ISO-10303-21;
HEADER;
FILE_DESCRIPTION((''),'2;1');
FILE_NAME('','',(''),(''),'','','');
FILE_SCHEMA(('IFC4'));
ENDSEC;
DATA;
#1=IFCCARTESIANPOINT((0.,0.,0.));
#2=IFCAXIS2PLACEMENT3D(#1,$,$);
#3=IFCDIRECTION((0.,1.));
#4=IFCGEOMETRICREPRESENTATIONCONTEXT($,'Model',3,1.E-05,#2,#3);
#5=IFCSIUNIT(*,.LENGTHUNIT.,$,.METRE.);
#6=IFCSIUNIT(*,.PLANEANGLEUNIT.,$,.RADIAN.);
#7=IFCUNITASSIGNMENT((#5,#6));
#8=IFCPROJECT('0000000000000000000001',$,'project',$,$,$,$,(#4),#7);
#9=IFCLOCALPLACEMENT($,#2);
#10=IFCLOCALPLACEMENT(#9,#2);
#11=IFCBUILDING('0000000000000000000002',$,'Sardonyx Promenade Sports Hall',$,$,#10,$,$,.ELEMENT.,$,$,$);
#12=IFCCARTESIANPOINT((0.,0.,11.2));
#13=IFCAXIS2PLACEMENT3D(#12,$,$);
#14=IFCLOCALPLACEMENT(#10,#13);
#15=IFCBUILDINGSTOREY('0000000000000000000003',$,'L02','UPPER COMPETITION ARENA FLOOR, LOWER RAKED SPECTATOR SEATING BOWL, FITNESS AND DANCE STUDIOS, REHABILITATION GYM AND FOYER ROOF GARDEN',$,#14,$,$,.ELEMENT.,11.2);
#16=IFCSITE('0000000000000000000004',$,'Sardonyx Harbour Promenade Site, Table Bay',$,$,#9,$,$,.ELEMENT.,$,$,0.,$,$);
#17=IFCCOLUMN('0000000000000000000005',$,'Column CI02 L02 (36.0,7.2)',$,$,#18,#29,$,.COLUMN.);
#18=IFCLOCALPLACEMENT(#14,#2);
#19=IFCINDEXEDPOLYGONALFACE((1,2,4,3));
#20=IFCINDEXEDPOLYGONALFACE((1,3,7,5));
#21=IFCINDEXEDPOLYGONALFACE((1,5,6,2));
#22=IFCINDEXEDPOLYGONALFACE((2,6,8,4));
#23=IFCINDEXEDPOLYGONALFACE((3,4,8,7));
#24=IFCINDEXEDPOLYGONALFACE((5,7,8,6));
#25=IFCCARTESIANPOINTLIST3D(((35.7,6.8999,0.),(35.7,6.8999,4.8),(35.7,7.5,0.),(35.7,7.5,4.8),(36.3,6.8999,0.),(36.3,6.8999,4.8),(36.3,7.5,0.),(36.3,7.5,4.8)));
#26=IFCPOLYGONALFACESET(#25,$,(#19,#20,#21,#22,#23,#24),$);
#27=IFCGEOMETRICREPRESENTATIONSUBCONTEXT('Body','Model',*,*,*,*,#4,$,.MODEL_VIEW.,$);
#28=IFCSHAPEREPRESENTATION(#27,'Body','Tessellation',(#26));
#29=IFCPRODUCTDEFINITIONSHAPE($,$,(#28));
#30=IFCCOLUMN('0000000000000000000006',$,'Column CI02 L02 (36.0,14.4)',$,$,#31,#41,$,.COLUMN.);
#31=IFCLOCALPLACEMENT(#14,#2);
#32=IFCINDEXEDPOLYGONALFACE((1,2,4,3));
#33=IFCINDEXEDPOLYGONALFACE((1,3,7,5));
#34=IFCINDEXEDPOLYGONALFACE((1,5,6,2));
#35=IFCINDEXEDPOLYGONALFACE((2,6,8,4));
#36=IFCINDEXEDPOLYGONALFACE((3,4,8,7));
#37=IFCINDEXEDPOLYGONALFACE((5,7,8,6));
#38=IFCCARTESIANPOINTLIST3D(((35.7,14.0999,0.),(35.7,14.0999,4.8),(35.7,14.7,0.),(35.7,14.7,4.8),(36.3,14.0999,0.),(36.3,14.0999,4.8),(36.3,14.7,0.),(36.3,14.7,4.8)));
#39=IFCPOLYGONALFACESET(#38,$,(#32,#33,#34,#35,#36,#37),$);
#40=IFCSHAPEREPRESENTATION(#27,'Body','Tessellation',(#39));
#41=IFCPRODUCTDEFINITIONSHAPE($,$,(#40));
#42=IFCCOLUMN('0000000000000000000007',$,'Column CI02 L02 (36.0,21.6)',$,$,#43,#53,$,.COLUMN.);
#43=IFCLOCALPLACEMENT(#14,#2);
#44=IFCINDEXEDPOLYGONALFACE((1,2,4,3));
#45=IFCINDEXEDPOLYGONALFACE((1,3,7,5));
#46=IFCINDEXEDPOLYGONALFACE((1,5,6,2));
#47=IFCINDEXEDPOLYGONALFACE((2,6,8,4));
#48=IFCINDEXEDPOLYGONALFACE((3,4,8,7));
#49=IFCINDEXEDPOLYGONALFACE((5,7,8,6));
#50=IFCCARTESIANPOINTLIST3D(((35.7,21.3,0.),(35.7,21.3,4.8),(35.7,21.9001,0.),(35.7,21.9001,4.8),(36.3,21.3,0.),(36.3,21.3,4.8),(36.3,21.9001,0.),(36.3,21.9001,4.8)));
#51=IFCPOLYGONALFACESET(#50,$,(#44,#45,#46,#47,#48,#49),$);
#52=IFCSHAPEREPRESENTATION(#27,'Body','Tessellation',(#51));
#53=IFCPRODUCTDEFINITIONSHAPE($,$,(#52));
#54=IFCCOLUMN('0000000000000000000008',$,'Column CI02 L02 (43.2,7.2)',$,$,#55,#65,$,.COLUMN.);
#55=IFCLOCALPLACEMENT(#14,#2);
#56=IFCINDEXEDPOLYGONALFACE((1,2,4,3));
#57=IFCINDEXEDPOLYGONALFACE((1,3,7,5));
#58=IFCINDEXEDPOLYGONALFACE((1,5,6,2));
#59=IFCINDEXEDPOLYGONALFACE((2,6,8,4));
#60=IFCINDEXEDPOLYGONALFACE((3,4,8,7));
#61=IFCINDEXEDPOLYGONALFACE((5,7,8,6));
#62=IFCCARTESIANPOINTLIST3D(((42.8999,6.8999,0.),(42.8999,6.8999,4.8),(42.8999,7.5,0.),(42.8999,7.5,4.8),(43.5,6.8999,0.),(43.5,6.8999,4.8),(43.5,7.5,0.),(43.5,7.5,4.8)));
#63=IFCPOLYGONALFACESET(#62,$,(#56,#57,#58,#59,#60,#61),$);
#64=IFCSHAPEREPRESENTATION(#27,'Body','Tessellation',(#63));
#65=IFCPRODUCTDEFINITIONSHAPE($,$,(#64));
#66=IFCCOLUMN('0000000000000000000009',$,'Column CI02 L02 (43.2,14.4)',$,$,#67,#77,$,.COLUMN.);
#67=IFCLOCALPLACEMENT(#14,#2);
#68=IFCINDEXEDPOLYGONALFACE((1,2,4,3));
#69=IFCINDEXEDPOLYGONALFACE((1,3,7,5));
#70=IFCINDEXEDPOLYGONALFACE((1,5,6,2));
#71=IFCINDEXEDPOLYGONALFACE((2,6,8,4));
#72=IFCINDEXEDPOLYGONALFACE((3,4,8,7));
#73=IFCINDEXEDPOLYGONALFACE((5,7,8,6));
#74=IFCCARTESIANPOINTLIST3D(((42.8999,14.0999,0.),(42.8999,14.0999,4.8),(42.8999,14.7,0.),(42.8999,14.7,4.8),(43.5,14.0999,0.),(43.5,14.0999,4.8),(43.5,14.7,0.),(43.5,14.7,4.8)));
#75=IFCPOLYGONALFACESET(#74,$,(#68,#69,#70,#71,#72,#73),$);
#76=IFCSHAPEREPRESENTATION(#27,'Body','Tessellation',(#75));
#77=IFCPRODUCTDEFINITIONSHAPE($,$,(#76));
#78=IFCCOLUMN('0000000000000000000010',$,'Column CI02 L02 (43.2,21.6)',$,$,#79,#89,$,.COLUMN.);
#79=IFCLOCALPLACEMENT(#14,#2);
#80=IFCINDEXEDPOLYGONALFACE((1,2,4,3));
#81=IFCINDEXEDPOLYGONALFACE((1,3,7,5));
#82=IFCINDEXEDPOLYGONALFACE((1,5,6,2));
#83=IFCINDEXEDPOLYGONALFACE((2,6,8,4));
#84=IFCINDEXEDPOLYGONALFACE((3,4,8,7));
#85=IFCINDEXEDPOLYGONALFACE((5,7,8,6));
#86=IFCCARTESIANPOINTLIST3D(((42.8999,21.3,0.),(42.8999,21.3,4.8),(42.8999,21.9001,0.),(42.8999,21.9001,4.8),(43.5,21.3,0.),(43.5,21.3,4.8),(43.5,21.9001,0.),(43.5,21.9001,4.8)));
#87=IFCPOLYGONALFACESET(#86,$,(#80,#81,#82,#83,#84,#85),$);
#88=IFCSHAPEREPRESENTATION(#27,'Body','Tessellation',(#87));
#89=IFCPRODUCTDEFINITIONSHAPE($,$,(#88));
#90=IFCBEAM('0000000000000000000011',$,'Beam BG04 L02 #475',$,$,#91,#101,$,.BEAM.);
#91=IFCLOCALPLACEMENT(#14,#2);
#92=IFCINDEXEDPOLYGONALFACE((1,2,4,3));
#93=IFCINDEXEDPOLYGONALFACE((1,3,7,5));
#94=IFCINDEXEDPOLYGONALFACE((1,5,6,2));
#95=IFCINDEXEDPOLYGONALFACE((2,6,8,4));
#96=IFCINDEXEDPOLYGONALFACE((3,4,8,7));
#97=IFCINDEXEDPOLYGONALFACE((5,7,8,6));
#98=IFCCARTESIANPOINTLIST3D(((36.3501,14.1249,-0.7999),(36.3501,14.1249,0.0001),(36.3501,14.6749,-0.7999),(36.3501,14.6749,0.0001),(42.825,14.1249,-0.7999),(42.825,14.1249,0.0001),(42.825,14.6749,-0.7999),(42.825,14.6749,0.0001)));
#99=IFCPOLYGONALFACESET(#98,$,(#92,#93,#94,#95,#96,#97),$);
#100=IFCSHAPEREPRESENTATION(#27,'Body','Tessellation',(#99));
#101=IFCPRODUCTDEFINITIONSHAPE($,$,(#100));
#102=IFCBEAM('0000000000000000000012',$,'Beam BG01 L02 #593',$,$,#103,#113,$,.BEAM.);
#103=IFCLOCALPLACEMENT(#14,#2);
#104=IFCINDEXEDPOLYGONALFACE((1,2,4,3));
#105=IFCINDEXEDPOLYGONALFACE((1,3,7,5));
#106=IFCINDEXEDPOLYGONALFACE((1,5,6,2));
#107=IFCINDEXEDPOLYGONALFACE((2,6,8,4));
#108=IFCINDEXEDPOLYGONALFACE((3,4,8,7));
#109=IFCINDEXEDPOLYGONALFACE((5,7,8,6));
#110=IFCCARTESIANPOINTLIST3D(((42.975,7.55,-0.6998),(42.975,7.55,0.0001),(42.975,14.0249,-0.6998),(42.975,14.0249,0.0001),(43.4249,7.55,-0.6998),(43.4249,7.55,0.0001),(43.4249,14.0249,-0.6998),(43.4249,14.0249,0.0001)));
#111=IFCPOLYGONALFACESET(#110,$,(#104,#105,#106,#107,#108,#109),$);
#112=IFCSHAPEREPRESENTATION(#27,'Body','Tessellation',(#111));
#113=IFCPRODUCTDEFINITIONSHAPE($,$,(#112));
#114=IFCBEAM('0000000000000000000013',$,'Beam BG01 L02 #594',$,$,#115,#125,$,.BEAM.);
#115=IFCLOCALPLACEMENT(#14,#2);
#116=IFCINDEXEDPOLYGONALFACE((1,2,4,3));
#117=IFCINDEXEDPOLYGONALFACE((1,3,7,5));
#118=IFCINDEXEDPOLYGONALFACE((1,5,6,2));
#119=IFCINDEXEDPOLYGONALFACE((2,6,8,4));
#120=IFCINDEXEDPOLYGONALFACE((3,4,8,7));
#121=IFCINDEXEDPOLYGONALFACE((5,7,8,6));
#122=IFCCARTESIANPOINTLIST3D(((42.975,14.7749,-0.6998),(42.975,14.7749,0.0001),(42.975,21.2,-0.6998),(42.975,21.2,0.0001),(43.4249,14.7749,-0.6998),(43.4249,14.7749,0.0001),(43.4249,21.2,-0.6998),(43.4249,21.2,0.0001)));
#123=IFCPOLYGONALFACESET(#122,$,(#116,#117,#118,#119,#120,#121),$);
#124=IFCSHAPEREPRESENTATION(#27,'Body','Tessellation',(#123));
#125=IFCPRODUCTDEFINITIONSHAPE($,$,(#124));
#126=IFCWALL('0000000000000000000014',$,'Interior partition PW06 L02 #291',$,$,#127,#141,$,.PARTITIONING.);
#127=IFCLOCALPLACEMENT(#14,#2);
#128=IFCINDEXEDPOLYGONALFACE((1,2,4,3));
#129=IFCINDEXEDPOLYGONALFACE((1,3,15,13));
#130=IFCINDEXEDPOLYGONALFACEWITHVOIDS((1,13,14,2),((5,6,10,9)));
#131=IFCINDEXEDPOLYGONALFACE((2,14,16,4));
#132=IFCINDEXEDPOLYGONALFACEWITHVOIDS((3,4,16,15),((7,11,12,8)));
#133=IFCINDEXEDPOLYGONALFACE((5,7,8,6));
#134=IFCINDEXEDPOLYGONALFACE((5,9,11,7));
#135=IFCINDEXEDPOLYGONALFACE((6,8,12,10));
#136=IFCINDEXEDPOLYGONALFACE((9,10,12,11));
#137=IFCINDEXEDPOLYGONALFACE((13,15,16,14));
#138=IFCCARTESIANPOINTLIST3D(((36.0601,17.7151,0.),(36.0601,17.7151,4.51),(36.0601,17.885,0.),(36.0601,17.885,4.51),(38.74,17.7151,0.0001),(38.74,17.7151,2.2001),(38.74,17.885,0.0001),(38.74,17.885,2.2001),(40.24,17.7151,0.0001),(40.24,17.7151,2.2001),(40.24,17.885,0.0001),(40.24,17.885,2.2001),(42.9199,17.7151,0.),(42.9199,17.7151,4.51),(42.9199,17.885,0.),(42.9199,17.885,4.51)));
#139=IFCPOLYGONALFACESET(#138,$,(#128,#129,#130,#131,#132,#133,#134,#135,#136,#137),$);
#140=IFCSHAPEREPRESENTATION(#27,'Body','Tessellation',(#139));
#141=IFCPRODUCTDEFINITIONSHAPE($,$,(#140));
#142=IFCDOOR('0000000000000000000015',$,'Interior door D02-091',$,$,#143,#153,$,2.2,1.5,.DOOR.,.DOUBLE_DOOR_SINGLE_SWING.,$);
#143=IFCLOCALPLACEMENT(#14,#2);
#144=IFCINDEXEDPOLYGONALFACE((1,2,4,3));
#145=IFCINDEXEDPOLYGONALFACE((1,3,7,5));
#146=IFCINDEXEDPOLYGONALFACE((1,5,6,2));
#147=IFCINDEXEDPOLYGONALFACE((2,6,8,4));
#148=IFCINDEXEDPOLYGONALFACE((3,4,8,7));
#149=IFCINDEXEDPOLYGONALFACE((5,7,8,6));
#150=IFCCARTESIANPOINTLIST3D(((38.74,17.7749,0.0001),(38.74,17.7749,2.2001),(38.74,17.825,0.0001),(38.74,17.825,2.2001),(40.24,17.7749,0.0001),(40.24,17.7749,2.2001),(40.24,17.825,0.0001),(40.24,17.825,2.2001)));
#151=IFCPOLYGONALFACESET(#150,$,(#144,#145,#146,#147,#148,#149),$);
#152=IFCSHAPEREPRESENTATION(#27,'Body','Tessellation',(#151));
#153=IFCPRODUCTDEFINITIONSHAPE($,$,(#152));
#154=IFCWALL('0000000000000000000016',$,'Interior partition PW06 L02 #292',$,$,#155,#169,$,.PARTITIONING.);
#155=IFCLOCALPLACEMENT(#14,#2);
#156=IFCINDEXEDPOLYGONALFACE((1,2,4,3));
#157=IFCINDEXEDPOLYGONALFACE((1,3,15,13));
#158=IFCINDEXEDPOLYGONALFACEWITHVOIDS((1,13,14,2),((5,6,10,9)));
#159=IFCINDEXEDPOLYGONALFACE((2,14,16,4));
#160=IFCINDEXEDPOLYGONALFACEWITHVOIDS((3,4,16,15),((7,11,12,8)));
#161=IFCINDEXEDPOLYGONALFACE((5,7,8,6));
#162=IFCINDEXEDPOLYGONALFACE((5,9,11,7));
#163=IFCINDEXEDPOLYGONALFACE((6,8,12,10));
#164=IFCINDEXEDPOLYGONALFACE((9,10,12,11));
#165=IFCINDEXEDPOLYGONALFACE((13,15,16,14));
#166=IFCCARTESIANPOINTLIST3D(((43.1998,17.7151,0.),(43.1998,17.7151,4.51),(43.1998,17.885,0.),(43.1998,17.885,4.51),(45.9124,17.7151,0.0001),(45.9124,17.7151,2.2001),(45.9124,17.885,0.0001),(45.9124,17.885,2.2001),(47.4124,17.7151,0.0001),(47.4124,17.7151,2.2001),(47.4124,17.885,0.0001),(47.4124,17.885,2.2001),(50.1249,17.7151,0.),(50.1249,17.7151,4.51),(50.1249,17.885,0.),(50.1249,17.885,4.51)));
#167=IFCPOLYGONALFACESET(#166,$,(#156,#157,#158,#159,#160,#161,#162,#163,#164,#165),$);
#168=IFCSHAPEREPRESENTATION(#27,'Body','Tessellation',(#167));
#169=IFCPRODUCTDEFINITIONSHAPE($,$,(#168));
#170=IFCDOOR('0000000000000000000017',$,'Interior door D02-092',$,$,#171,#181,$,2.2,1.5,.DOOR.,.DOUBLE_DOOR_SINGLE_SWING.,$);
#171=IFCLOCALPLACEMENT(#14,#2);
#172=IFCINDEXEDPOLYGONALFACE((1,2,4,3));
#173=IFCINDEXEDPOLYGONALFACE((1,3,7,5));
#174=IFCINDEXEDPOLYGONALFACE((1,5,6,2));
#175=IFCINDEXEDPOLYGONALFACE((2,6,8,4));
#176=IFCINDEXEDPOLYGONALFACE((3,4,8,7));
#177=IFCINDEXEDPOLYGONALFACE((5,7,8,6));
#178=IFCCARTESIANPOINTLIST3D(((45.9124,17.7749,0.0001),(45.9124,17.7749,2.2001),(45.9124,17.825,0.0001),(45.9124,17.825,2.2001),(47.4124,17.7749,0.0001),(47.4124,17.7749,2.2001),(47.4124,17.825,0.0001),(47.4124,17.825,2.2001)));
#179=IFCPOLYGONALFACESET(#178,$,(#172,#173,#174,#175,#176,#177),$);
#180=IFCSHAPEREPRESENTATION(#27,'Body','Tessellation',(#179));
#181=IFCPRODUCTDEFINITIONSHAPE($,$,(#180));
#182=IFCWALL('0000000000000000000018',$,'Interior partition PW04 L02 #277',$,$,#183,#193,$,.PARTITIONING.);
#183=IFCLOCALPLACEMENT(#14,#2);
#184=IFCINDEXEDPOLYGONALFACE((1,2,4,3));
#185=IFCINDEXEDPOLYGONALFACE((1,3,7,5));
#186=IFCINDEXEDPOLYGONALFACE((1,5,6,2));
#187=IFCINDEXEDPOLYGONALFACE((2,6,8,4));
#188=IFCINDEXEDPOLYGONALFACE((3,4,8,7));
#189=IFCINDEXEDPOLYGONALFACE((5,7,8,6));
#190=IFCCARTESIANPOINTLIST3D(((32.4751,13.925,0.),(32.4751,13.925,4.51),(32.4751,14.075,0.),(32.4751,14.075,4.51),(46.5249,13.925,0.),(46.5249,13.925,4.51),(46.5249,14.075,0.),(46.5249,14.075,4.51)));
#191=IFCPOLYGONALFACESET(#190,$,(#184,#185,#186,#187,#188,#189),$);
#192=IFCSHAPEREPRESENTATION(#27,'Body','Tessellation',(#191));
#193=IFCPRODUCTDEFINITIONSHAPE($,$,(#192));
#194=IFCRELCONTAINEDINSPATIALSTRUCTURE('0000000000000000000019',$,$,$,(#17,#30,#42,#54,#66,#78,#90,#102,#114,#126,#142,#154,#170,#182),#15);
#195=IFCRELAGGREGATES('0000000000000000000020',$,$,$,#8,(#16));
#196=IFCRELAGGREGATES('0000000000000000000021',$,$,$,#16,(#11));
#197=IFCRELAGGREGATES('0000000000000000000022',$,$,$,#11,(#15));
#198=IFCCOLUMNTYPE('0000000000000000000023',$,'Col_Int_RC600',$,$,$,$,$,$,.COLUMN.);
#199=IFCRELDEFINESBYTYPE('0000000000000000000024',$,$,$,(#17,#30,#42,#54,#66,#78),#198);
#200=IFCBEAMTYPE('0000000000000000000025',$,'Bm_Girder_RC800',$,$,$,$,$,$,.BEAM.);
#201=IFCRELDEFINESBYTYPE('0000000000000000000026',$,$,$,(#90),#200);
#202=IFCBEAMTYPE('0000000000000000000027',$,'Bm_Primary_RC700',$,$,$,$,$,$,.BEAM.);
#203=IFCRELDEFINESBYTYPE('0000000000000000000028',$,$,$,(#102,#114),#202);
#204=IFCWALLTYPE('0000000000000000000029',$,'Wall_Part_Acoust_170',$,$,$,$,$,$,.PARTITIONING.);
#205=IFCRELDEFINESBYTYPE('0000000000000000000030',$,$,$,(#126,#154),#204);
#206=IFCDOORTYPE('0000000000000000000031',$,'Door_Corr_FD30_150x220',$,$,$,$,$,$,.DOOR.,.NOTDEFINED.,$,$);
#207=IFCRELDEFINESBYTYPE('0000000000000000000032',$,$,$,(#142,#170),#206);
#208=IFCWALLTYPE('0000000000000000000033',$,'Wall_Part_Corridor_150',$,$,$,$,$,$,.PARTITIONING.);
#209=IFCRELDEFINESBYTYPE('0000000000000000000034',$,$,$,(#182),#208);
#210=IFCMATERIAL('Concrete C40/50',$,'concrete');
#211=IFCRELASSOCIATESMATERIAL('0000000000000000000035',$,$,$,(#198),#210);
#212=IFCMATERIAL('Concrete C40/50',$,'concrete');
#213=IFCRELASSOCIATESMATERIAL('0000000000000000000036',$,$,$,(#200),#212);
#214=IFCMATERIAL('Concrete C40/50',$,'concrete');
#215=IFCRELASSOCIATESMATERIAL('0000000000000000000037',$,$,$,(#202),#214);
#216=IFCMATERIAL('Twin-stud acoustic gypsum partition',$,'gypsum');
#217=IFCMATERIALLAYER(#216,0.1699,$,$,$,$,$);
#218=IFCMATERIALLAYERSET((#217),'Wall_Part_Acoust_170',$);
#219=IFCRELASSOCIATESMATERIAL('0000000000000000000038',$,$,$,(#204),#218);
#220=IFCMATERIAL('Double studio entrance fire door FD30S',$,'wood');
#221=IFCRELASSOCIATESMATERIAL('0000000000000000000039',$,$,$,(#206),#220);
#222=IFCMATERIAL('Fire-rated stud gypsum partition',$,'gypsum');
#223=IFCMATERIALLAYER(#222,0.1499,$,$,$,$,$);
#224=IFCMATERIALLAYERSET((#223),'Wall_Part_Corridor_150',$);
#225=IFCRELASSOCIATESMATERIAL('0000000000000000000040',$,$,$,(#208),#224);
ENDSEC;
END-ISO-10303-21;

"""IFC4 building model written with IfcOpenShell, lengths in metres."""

from ifc_helpers import new_model, si_unit, direction, frame, frame_2d, origin, origin_2d, place, context, subcontext, project, spatial, rectangle, extrude, material, layer, layer_set, material_profile, profile_set, type_object, element, fill, save


model = new_model("IFC4")

# Units and contexts
model_context = context("Model", 3, precision=1e-05, world=origin(), true_north=direction((0.0, 1.0)))
body_context = subcontext(model_context, "Body", "Model", "MODEL_VIEW")
ifc_project = project(units=[si_unit("LENGTHUNIT", "METRE"), si_unit("PLANEANGLEUNIT", "RADIAN")], contexts=[model_context])

# Site, building, storey
site_placement = place(None, origin())
site = spatial("IfcSite", under=ifc_project, at=site_placement, Name="Sardonyx Harbour Promenade Site, Table Bay", CompositionType="ELEMENT", RefElevation=0.0)
building_placement = place(site_placement, origin())
building = spatial("IfcBuilding", under=site, at=building_placement, Name="Sardonyx Promenade Sports Hall", CompositionType="ELEMENT")
storey_placement = place(building_placement, frame((0.0, 0.0, 11.2)))
storey = spatial("IfcBuildingStorey", under=building, at=storey_placement, Name="L02", Description="UPPER COMPETITION ARENA FLOOR, LOWER RAKED SPECTATOR SEATING BOWL, FITNESS AND DANCE STUDIOS, REHABILITATION GYM AND FOYER ROOF GARDEN", CompositionType="ELEMENT", Elevation=11.2)

# Columns
ifc_material_1 = material(Name="Concrete C40/50", Category="concrete")
ifc_material_profile_1 = material_profile(ifc_material_1, rectangle(XDim=0.6001, YDim=0.6001, at=origin_2d()))
ifc_profile_set_1 = profile_set([ifc_material_profile_1], Name="Concrete C40/50")
column_type = type_object("IfcColumnType", Name="Col_Int_RC600", PredefinedType="COLUMN", material=ifc_profile_set_1)
for number, where, z_axis, x_axis, name in (
    (1, (36.0, 7.2, 0.0), (0.0, 0.0, 1.0), (1.0, 0.0, 0.0), "Column CI02 L02 (36.0,7.2)"),
    (2, (36.0, 14.3999, 0.0), (0.0, 0.0, 1.0), (1.0, 0.0, 0.0), "Column CI02 L02 (36.0,14.4)"),
    (3, (36.0, 21.6001, 0.0), (0.0, 0.0, 1.0), (1.0, 0.0, 0.0), "Column CI02 L02 (36.0,21.6)"),
    (4, (43.2, 7.2, 0.0), (0.0, 0.0, 1.0), (1.0, 0.0, 0.0), "Column CI02 L02 (43.2,7.2)"),
    (5, (43.2, 14.3999, 0.0), (0.0, 0.0, 1.0), (1.0, 0.0, 0.0), "Column CI02 L02 (43.2,14.4)"),
    (6, (43.2, 21.6001, 0.0), (0.0, 0.0, 1.0), (1.0, 0.0, 0.0), "Column CI02 L02 (43.2,21.6)"),
):
    element("IfcColumn", number, at=place(storey_placement, frame(where, z_axis=z_axis, x_axis=x_axis)), inside=storey, type_object=column_type, Name=name, PredefinedType="COLUMN", context=body_context, shape_type="SweptSolid", body=[
        extrude(rectangle(XDim=0.6001, YDim=0.6001, at=origin_2d()), origin(), (0.0, 0.0, 1.0), 4.8),
    ])

# Beams
ifc_material_2 = material(Name="Concrete C40/50", Category="concrete")
ifc_material_profile_2 = material_profile(ifc_material_2, rectangle(XDim=0.55, YDim=0.8, at=origin_2d()))
ifc_profile_set_2 = profile_set([ifc_material_profile_2], Name="Concrete C40/50")
beam_type_1 = type_object("IfcBeamType", Name="Bm_Girder_RC800", PredefinedType="BEAM", material=ifc_profile_set_2)
beam_1_placement = place(storey_placement, frame((36.3501, 14.3999, -0.3999), z_axis=(1.0, 0.0, 0.0), x_axis=(0.0, 1.0, 0.0)))
element("IfcBeam", 7, at=beam_1_placement, inside=storey, type_object=beam_type_1, Name="Beam BG04 L02 #475", PredefinedType="BEAM", context=body_context, shape_type="SweptSolid", body=[
    extrude(rectangle(XDim=0.55, YDim=0.8, at=origin_2d()), origin(), (0.0, 0.0, 1.0), 6.4749),
])
ifc_material_3 = material(Name="Concrete C40/50", Category="concrete")
ifc_material_profile_3 = material_profile(ifc_material_3, rectangle(XDim=0.45, YDim=0.7, at=origin_2d()))
ifc_profile_set_3 = profile_set([ifc_material_profile_3], Name="Concrete C40/50")
beam_type_2 = type_object("IfcBeamType", Name="Bm_Primary_RC700", PredefinedType="BEAM", material=ifc_profile_set_3)
beam_2_placement = place(storey_placement, frame((43.2, 7.55, -0.3499), z_axis=(0.0, 1.0, 0.0), x_axis=(-1.0, 0.0, 0.0)))
element("IfcBeam", 8, at=beam_2_placement, inside=storey, type_object=beam_type_2, Name="Beam BG01 L02 #593", PredefinedType="BEAM", context=body_context, shape_type="SweptSolid", body=[
    extrude(rectangle(XDim=0.45, YDim=0.7, at=origin_2d()), origin(), (0.0, 0.0, 1.0), 6.4749),
])
beam_3_placement = place(storey_placement, frame((43.2, 14.7749, -0.3499), z_axis=(0.0, 1.0, 0.0), x_axis=(-1.0, 0.0, 0.0)))
element("IfcBeam", 9, at=beam_3_placement, inside=storey, type_object=beam_type_2, Name="Beam BG01 L02 #594", PredefinedType="BEAM", context=body_context, shape_type="SweptSolid", body=[
    extrude(rectangle(XDim=0.45, YDim=0.7, at=origin_2d()), origin(), (0.0, 0.0, 1.0), 6.425),
])

# Walls, openings, doors
ifc_material_4 = material(Name="Twin-stud acoustic gypsum partition", Category="gypsum")
ifc_layer_1 = layer(ifc_material_4, 0.1699)
ifc_layer_set_1 = layer_set([ifc_layer_1], Name="Wall_Part_Acoust_170")
wall_type_1 = type_object("IfcWallType", Name="Wall_Part_Acoust_170", PredefinedType="PARTITIONING", material=ifc_layer_set_1)
wall_1_placement = place(storey_placement, frame((36.0601, 17.8, 0.0), z_axis=(0.0, 0.0, 1.0), x_axis=(1.0, 0.0, 0.0)))
wall_1 = element("IfcWall", 10, at=wall_1_placement, inside=storey, type_object=wall_type_1, Name="Interior partition PW06 L02 #291", PredefinedType="PARTITIONING", context=body_context, shape_type="SweptSolid", body=[
    extrude(rectangle(XDim=6.8599, YDim=0.1699, at=frame_2d((3.4299, 0.0))), origin(), (0.0, 0.0, 1.0), 4.51),
])
opening_1_placement = place(wall_1_placement, frame((2.6799, 0.0, 0.0)))
opening_1 = element("IfcOpeningElement", 11, at=opening_1_placement, cuts=wall_1, PredefinedType="OPENING", context=body_context, shape_type="SweptSolid", body=[
    extrude(rectangle(XDim=1.5, YDim=2.2, at=frame_2d((0.75, 1.1001))), frame((0.0, 0.095, 0.0), z_axis=(0.0, -1.0, 0.0), x_axis=(1.0, 0.0, 0.0)), (0.0, 0.0, 1.0), 0.19),
])
ifc_material_5 = material(Name="Double studio entrance fire door FD30S", Category="wood")
door_type = type_object("IfcDoorType", Name="Door_Corr_FD30_150x220", OperationType="NOTDEFINED", PredefinedType="DOOR", material=ifc_material_5)
door_1_placement = place(opening_1_placement, origin())
door_1 = element("IfcDoor", 12, at=door_1_placement, inside=storey, type_object=door_type, Name="Interior door D02-091", OperationType="DOUBLE_DOOR_SINGLE_SWING", OverallHeight=2.2, OverallWidth=1.5, PredefinedType="DOOR", context=body_context, shape_type="SweptSolid", body=[
    extrude(rectangle(XDim=1.5, YDim=2.2, at=frame_2d((0.75, 1.1001))), frame((0.0, 0.0249, 0.0), z_axis=(0.0, -1.0, 0.0), x_axis=(1.0, 0.0, 0.0)), (0.0, 0.0, 1.0), 0.05),
])
fill(opening_1, door_1)
wall_2_placement = place(storey_placement, frame((43.2, 17.8, 0.0), z_axis=(0.0, 0.0, 1.0), x_axis=(1.0, 0.0, 0.0)))
wall_2 = element("IfcWall", 13, at=wall_2_placement, inside=storey, type_object=wall_type_1, Name="Interior partition PW06 L02 #292", PredefinedType="PARTITIONING", context=body_context, shape_type="SweptSolid", body=[
    extrude(rectangle(XDim=6.925, YDim=0.1699, at=frame_2d((3.4624, 0.0))), origin(), (0.0, 0.0, 1.0), 4.51),
])
opening_2_placement = place(wall_2_placement, frame((2.7124, 0.0, 0.0)))
opening_2 = element("IfcOpeningElement", 14, at=opening_2_placement, cuts=wall_2, PredefinedType="OPENING", context=body_context, shape_type="SweptSolid", body=[
    extrude(rectangle(XDim=1.5, YDim=2.2, at=frame_2d((0.75, 1.1001))), frame((0.0, 0.095, 0.0), z_axis=(0.0, -1.0, 0.0), x_axis=(1.0, 0.0, 0.0)), (0.0, 0.0, 1.0), 0.19),
])
door_2_placement = place(opening_2_placement, origin())
door_2 = element("IfcDoor", 15, at=door_2_placement, inside=storey, type_object=door_type, Name="Interior door D02-092", OperationType="DOUBLE_DOOR_SINGLE_SWING", OverallHeight=2.2, OverallWidth=1.5, PredefinedType="DOOR", context=body_context, shape_type="SweptSolid", body=[
    extrude(rectangle(XDim=1.5, YDim=2.2, at=frame_2d((0.75, 1.1001))), frame((0.0, 0.0249, 0.0), z_axis=(0.0, -1.0, 0.0), x_axis=(1.0, 0.0, 0.0)), (0.0, 0.0, 1.0), 0.05),
])
fill(opening_2, door_2)

# Wall
ifc_material_6 = material(Name="Fire-rated stud gypsum partition", Category="gypsum")
ifc_layer_2 = layer(ifc_material_6, 0.1499)
ifc_layer_set_2 = layer_set([ifc_layer_2], Name="Wall_Part_Corridor_150")
wall_type_2 = type_object("IfcWallType", Name="Wall_Part_Corridor_150", PredefinedType="PARTITIONING", material=ifc_layer_set_2)
wall_3_placement = place(storey_placement, frame((32.4751, 14.0, 0.0), z_axis=(0.0, 0.0, 1.0), x_axis=(1.0, 0.0, 0.0)))
element("IfcWall", 16, at=wall_3_placement, inside=storey, type_object=wall_type_2, Name="Interior partition PW04 L02 #277", PredefinedType="PARTITIONING", context=body_context, shape_type="SweptSolid", body=[
    extrude(rectangle(XDim=14.0498, YDim=0.1499, at=frame_2d((7.0249, 0.0))), origin(), (0.0, 0.0, 1.0), 4.51),
])

save(model, "model.ifc")
